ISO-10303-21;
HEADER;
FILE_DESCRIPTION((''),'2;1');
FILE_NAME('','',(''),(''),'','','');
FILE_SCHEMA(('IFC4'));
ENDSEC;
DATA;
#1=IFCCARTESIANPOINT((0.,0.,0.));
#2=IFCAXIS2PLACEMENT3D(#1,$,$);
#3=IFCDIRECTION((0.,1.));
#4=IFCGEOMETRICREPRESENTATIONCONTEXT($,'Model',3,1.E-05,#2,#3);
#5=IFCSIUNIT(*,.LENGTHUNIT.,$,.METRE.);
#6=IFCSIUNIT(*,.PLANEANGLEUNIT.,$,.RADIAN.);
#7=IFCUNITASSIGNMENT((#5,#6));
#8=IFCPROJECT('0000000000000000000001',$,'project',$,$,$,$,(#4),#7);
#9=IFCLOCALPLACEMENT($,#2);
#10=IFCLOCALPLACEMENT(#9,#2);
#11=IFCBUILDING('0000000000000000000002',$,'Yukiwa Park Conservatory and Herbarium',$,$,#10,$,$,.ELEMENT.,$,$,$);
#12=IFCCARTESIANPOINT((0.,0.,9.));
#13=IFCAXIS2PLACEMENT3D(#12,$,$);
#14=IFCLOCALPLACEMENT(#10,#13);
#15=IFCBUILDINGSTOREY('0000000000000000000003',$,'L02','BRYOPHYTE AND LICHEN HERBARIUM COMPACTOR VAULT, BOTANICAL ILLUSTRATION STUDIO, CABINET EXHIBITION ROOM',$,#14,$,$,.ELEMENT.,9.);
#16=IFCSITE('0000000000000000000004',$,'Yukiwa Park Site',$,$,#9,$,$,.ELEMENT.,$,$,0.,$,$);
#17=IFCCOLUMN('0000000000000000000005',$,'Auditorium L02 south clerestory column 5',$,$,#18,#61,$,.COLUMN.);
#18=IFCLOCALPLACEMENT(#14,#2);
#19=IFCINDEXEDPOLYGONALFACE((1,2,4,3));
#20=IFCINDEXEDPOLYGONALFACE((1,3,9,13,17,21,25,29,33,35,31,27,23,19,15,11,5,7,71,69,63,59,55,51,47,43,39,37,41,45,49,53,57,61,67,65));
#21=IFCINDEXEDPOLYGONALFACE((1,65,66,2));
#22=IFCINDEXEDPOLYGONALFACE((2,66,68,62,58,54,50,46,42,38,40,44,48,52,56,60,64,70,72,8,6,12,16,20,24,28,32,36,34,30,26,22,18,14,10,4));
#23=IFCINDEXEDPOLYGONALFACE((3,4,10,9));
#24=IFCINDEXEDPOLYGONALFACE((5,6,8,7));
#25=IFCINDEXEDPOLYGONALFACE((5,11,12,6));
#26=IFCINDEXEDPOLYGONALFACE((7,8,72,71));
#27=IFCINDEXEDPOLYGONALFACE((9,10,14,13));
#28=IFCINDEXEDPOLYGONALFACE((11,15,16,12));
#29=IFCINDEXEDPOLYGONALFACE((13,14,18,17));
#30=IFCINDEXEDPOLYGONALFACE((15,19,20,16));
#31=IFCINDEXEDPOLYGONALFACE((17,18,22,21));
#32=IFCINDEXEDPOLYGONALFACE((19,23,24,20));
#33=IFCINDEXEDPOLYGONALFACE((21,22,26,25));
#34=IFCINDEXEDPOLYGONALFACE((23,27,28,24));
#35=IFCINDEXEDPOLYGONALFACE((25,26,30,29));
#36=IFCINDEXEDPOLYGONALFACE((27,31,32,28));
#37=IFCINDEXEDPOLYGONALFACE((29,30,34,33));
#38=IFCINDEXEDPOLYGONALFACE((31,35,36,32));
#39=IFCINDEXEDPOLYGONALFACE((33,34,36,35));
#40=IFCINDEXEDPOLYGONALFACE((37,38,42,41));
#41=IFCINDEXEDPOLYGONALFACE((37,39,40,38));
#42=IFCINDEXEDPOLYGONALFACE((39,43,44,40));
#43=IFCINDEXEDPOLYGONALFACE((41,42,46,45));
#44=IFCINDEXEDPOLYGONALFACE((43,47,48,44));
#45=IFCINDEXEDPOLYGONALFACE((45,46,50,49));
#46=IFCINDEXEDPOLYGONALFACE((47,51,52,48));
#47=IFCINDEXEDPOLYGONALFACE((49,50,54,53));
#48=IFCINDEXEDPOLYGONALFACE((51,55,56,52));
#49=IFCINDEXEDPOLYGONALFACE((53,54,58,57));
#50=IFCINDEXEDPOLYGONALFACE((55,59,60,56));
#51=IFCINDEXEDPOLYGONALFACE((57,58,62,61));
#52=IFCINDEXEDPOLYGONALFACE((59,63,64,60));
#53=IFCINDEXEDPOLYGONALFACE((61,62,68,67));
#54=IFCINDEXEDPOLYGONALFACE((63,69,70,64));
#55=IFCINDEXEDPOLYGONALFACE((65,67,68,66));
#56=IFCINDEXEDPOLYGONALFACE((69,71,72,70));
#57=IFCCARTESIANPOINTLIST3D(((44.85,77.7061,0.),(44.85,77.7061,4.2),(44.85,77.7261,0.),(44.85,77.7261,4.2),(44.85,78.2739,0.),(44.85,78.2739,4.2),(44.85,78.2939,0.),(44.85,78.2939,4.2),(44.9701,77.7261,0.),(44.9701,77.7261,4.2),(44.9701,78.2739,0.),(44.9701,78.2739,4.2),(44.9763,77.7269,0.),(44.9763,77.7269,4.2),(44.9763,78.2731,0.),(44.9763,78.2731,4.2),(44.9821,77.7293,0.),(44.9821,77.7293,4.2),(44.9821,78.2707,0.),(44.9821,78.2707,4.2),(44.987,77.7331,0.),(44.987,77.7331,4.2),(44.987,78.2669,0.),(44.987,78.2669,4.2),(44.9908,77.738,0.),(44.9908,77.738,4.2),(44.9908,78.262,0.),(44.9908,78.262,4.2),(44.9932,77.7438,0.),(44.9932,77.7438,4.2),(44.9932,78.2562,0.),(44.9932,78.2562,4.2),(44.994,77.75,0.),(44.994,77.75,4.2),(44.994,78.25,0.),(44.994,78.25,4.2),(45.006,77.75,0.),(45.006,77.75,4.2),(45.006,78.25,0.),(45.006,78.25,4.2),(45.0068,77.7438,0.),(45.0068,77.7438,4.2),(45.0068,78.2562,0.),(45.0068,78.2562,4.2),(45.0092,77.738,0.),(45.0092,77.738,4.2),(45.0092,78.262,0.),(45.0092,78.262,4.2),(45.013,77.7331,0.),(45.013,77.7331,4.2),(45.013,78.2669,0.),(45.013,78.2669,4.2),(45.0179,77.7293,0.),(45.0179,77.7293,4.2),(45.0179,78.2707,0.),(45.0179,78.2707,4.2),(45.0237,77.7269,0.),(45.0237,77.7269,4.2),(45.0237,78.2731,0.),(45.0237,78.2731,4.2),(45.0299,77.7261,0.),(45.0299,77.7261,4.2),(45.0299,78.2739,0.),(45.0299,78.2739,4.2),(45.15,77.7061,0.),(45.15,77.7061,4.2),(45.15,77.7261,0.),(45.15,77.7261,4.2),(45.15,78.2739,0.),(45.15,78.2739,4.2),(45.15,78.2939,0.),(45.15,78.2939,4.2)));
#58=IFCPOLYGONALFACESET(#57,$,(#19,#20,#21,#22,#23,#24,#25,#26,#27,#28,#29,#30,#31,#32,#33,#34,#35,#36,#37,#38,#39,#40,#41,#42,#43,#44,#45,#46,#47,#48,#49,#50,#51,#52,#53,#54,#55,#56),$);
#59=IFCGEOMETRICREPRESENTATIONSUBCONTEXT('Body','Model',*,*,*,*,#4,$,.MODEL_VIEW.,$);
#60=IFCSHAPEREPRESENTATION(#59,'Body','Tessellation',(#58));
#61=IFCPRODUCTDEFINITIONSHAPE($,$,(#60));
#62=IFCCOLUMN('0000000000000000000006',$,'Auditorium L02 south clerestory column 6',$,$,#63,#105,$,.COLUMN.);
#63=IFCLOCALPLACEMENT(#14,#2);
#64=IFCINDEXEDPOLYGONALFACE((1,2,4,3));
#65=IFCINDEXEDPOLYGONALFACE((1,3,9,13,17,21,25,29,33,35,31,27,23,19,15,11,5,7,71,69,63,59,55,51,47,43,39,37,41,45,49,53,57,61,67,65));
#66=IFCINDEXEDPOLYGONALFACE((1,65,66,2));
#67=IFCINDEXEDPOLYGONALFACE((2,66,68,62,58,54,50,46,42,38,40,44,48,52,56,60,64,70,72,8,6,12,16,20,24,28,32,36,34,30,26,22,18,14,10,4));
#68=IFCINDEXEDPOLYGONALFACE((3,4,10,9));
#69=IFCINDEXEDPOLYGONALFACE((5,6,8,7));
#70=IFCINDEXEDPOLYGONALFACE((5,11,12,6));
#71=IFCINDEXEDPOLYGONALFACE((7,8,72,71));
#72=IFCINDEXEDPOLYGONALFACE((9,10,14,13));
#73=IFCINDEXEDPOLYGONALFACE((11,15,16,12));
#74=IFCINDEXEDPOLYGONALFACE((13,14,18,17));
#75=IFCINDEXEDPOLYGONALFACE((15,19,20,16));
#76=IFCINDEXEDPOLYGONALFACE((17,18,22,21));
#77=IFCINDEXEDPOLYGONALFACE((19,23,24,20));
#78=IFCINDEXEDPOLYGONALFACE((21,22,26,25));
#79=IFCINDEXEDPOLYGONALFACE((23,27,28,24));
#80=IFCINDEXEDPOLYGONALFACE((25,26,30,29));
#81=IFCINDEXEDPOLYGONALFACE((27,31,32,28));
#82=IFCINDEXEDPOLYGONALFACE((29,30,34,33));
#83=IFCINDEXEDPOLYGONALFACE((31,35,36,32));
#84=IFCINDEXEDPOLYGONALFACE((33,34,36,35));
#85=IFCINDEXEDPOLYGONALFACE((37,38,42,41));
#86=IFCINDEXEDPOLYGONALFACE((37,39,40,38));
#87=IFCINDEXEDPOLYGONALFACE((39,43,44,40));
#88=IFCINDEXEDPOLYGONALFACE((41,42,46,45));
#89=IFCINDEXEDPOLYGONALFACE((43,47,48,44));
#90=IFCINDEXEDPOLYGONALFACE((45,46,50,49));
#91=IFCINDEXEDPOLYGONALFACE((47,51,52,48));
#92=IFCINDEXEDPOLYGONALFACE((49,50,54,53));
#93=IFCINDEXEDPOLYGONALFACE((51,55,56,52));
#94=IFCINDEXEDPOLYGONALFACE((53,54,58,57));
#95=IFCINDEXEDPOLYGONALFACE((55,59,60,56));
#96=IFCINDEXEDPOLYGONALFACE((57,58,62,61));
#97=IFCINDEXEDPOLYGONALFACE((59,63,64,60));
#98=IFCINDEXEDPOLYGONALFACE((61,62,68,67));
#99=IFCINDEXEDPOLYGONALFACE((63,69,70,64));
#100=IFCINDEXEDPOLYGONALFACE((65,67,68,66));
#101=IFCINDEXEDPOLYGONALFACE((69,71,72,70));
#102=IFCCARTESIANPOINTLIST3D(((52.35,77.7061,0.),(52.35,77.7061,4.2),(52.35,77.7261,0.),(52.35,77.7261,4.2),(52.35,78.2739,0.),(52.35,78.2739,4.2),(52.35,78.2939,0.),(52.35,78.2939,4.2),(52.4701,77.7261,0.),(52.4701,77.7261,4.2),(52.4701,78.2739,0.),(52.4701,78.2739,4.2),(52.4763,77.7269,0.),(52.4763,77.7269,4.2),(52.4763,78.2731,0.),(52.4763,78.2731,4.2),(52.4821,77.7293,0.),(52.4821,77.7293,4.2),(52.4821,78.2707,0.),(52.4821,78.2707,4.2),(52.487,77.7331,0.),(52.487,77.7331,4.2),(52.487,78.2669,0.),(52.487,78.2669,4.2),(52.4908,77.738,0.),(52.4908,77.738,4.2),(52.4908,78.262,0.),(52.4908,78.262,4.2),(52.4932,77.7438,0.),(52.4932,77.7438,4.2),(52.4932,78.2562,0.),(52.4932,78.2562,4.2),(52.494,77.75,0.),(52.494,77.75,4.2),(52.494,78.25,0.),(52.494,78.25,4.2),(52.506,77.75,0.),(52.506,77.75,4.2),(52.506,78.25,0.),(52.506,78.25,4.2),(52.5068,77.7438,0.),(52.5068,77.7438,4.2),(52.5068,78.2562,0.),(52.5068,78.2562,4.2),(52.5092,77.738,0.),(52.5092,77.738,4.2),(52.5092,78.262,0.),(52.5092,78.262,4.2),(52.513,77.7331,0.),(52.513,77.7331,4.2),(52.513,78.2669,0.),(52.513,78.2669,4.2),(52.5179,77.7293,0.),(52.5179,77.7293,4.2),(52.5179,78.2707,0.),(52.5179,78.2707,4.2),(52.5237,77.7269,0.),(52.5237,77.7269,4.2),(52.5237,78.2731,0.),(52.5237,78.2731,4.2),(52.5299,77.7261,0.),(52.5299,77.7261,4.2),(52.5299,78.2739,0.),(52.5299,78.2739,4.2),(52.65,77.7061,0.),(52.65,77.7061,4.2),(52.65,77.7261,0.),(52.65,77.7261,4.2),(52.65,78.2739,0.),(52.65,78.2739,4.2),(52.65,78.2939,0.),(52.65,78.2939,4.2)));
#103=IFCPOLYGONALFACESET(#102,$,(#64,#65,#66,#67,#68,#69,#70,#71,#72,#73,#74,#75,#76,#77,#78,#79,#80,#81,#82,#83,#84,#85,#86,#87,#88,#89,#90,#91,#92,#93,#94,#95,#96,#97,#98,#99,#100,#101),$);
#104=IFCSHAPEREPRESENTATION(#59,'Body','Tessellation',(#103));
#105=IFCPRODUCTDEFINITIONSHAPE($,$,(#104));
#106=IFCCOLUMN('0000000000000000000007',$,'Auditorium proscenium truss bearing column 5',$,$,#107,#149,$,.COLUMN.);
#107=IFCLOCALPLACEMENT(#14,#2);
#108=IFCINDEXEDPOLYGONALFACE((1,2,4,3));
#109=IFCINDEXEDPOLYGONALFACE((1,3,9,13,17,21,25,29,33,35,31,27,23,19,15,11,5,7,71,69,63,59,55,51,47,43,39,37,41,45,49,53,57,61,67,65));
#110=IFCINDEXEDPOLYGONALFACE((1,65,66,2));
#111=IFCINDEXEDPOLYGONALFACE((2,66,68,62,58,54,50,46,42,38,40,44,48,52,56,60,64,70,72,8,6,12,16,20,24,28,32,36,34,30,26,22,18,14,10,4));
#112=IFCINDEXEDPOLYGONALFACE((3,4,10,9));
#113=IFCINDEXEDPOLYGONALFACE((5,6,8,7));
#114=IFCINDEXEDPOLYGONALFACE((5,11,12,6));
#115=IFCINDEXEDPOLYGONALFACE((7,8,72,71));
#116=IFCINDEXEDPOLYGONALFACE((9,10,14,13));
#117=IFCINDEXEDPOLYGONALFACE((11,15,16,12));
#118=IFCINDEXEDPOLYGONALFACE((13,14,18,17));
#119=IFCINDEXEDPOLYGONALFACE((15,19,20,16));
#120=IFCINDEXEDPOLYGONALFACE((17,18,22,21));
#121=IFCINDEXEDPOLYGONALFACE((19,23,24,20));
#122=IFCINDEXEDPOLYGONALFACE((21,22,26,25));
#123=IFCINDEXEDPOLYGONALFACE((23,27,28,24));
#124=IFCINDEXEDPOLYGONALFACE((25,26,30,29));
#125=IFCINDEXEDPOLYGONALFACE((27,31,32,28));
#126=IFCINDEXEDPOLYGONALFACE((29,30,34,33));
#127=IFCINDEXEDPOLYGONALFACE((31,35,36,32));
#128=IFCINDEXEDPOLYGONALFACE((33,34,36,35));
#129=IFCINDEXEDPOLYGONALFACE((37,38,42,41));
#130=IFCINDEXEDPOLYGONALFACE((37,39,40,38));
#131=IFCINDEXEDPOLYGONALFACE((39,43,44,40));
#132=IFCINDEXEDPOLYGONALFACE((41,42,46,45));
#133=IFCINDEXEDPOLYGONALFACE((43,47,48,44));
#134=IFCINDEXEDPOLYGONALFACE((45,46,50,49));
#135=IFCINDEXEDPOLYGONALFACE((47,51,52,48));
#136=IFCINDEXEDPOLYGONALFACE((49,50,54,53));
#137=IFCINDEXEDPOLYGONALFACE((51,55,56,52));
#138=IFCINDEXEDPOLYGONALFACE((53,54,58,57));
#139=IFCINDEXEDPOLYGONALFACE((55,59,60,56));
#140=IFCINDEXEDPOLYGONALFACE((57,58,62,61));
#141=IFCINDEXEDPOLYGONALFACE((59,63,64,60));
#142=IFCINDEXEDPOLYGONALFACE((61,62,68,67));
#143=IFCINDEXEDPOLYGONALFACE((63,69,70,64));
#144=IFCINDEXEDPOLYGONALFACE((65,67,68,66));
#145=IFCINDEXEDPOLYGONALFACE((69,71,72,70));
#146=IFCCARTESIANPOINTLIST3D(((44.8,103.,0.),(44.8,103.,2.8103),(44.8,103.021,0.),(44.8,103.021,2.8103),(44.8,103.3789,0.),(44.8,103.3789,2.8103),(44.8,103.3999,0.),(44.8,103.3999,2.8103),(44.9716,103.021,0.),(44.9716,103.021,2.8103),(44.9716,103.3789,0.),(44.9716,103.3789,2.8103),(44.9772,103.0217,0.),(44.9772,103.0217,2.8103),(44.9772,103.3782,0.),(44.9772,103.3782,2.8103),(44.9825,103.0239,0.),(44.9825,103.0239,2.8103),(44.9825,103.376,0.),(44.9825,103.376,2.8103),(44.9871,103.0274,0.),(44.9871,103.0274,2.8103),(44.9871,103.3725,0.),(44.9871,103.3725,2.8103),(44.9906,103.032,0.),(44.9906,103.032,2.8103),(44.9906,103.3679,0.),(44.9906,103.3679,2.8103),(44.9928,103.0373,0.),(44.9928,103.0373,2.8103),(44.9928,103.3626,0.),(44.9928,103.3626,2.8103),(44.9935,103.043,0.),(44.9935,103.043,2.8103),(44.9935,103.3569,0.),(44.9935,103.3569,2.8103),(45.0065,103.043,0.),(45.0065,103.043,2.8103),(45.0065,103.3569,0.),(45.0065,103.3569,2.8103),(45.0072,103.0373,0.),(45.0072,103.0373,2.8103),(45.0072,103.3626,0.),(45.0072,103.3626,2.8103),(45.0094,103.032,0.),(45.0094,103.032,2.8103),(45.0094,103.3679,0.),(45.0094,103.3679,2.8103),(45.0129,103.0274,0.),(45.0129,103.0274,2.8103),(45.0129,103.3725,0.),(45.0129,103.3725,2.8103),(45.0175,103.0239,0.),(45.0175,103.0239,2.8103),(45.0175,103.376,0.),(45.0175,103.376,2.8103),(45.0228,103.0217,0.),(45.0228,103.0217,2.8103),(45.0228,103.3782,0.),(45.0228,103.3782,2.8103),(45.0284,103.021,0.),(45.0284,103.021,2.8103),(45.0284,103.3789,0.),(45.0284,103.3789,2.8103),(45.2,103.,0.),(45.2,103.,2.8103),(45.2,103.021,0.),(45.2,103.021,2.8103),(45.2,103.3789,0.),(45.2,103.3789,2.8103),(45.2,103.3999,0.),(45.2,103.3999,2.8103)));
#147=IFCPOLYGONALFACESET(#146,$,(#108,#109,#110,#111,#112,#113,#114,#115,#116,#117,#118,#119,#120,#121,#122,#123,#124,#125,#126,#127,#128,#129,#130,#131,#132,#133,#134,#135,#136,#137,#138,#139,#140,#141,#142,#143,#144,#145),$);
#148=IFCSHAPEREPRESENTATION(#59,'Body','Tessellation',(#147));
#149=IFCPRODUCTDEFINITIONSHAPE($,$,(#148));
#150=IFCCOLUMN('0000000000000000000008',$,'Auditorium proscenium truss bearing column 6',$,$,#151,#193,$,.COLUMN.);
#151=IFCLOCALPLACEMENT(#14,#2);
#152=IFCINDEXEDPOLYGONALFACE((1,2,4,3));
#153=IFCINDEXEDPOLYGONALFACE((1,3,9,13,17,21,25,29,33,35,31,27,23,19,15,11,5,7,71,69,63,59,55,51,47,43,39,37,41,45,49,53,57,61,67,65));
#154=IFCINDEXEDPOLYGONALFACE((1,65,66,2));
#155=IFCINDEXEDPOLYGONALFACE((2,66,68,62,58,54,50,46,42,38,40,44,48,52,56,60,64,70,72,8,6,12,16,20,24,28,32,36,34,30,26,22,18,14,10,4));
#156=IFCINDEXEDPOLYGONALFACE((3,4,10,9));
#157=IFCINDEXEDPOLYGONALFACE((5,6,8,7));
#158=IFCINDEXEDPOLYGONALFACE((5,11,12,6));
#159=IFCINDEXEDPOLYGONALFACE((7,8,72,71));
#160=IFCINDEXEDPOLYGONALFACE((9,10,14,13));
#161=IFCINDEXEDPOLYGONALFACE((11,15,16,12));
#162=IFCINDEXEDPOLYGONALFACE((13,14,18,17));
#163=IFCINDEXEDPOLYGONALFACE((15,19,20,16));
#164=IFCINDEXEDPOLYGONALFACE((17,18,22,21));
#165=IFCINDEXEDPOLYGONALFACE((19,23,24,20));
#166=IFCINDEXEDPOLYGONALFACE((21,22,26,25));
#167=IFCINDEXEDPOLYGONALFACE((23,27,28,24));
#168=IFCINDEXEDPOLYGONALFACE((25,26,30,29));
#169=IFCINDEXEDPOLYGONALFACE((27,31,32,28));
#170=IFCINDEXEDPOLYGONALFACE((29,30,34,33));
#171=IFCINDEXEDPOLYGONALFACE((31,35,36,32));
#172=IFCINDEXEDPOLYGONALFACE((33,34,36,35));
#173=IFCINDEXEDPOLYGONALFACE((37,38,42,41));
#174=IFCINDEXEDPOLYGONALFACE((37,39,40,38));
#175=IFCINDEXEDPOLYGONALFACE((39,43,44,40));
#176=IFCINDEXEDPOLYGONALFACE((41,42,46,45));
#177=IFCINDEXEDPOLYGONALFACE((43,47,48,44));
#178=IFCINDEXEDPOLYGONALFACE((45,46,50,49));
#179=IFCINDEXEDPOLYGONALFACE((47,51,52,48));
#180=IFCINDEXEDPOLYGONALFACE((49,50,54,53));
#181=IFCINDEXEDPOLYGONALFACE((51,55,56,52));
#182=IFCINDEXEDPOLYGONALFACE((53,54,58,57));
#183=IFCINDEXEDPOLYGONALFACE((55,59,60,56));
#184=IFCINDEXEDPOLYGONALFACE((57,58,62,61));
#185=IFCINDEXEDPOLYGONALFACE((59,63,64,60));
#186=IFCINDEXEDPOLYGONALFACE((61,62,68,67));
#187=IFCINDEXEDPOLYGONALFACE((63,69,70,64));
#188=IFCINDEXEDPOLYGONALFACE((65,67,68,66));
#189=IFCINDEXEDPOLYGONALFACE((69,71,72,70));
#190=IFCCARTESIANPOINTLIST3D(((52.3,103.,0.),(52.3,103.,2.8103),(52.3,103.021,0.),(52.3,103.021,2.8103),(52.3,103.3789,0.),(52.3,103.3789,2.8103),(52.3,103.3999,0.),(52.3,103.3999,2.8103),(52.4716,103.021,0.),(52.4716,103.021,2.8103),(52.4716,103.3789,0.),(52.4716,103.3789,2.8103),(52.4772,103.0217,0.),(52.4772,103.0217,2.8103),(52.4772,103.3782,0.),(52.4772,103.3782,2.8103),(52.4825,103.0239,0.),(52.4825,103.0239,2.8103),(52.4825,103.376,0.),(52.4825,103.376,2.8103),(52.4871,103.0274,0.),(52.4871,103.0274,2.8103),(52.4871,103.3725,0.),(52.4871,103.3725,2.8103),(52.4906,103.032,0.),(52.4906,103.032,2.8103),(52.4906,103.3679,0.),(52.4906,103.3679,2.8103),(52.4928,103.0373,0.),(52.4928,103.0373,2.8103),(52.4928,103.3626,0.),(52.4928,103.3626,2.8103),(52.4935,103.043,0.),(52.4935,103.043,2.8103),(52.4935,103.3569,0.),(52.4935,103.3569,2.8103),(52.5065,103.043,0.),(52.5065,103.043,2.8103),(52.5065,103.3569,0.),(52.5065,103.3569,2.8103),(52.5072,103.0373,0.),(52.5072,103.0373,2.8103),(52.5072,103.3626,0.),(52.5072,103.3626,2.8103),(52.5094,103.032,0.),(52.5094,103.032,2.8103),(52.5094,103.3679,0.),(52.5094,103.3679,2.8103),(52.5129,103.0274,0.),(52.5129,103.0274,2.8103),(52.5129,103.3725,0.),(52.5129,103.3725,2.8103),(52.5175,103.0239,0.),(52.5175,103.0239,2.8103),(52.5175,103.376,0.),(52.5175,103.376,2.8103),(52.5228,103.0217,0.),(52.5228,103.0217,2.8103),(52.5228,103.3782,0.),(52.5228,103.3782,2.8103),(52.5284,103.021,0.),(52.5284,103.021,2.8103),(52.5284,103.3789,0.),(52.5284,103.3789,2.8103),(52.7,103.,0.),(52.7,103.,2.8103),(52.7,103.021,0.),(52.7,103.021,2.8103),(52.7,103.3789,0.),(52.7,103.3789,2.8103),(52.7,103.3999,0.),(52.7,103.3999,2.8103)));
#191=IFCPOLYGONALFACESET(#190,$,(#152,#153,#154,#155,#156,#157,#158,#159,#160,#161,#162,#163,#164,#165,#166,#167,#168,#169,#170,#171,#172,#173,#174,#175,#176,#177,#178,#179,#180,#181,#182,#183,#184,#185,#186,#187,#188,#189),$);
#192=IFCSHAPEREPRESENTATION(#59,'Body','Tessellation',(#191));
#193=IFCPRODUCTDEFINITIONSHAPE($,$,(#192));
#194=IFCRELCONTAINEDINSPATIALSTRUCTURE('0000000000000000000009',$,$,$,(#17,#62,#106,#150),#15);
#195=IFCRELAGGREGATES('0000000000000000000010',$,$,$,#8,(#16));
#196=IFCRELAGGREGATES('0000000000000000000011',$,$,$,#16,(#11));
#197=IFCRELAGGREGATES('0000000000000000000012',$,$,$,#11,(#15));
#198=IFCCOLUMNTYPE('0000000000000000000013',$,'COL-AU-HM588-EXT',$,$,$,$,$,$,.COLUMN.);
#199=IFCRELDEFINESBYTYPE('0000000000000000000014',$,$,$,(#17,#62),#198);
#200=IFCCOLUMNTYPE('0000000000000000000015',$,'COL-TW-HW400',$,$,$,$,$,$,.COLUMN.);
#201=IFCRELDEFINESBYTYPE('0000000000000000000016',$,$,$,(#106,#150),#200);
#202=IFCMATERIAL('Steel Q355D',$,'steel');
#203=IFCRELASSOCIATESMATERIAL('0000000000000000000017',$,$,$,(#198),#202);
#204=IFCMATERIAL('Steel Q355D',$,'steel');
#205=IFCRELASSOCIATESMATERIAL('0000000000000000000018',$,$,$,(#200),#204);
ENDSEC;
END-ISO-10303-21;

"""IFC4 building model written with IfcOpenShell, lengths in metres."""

from ifc_helpers import new_model, si_unit, direction, frame, origin, origin_2d, place, context, subcontext, project, spatial, i_section, extrude, material, material_profile, profile_set, type_object, element, save


model = new_model("IFC4")

# Units and contexts
model_context = context("Model", 3, precision=1e-05, world=origin(), true_north=direction((0.0, 1.0)))
body_context = subcontext(model_context, "Body", "Model", "MODEL_VIEW")
ifc_project = project(units=[si_unit("LENGTHUNIT", "METRE"), si_unit("PLANEANGLEUNIT", "RADIAN")], contexts=[model_context])

# Site, building, storey
site_placement = place(None, origin())
site = spatial("IfcSite", under=ifc_project, at=site_placement, Name="Yukiwa Park Site", CompositionType="ELEMENT", RefElevation=0.0)
building_placement = place(site_placement, origin())
building = spatial("IfcBuilding", under=site, at=building_placement, Name="Yukiwa Park Conservatory and Herbarium", CompositionType="ELEMENT")
storey_placement = place(building_placement, frame((0.0, 0.0, 9.0)))
storey = spatial("IfcBuildingStorey", under=building, at=storey_placement, Name="L02", Description="BRYOPHYTE AND LICHEN HERBARIUM COMPACTOR VAULT, BOTANICAL ILLUSTRATION STUDIO, CABINET EXHIBITION ROOM", CompositionType="ELEMENT", Elevation=9.0)

# Columns
ifc_material_1 = material(Name="Steel Q355D", Category="steel")
ifc_material_profile_1 = material_profile(ifc_material_1, i_section(OverallWidth=0.3, OverallDepth=0.5879, WebThickness=0.012, FlangeThickness=0.02, FilletRadius=0.0239, at=origin_2d()), Name="HM 588x300x12x20")
ifc_profile_set_1 = profile_set([ifc_material_profile_1], Name="Steel Q355D")
column_type_1 = type_object("IfcColumnType", Name="COL-AU-HM588-EXT", PredefinedType="COLUMN", material=ifc_profile_set_1)
for number, where, z_axis, x_axis, name in (
    (1, (45.0, 78.0, 0.0), (0.0, 0.0, 1.0), (1.0, 0.0, 0.0), "Auditorium L02 south clerestory column 5"),
    (2, (52.5, 78.0, 0.0), (0.0, 0.0, 1.0), (1.0, 0.0, 0.0), "Auditorium L02 south clerestory column 6"),
):
    element("IfcColumn", number, at=place(storey_placement, frame(where, z_axis=z_axis, x_axis=x_axis)), inside=storey, type_object=column_type_1, Name=name, PredefinedType="COLUMN", context=body_context, shape_type="SweptSolid", body=[
        extrude(i_section(OverallWidth=0.3, OverallDepth=0.5879, WebThickness=0.012, FlangeThickness=0.02, FilletRadius=0.0239, at=origin_2d()), origin(), (0.0, 0.0, 1.0), 4.2),
    ])
ifc_material_2 = material(Name="Steel Q355D", Category="steel")
ifc_material_profile_2 = material_profile(ifc_material_2, i_section(OverallWidth=0.3999, OverallDepth=0.3999, WebThickness=0.0129, FlangeThickness=0.021, FilletRadius=0.022, at=origin_2d()), Name="HW 400x400x13x21")
ifc_profile_set_2 = profile_set([ifc_material_profile_2], Name="Steel Q355D")
column_type_2 = type_object("IfcColumnType", Name="COL-TW-HW400", PredefinedType="COLUMN", material=ifc_profile_set_2)
for number, where, z_axis, x_axis, name in (
    (3, (45.0, 103.2, 0.0), (0.0, 0.0, 1.0), (1.0, 0.0, 0.0), "Auditorium proscenium truss bearing column 5"),
    (4, (52.5, 103.2, 0.0), (0.0, 0.0, 1.0), (1.0, 0.0, 0.0), "Auditorium proscenium truss bearing column 6"),
):
    element("IfcColumn", number, at=place(storey_placement, frame(where, z_axis=z_axis, x_axis=x_axis)), inside=storey, type_object=column_type_2, Name=name, PredefinedType="COLUMN", context=body_context, shape_type="SweptSolid", body=[
        extrude(i_section(OverallWidth=0.3999, OverallDepth=0.3999, WebThickness=0.0129, FlangeThickness=0.021, FilletRadius=0.022, at=origin_2d()), origin(), (0.0, 0.0, 1.0), 2.8103),
    ])

save(model, "model.ifc")
